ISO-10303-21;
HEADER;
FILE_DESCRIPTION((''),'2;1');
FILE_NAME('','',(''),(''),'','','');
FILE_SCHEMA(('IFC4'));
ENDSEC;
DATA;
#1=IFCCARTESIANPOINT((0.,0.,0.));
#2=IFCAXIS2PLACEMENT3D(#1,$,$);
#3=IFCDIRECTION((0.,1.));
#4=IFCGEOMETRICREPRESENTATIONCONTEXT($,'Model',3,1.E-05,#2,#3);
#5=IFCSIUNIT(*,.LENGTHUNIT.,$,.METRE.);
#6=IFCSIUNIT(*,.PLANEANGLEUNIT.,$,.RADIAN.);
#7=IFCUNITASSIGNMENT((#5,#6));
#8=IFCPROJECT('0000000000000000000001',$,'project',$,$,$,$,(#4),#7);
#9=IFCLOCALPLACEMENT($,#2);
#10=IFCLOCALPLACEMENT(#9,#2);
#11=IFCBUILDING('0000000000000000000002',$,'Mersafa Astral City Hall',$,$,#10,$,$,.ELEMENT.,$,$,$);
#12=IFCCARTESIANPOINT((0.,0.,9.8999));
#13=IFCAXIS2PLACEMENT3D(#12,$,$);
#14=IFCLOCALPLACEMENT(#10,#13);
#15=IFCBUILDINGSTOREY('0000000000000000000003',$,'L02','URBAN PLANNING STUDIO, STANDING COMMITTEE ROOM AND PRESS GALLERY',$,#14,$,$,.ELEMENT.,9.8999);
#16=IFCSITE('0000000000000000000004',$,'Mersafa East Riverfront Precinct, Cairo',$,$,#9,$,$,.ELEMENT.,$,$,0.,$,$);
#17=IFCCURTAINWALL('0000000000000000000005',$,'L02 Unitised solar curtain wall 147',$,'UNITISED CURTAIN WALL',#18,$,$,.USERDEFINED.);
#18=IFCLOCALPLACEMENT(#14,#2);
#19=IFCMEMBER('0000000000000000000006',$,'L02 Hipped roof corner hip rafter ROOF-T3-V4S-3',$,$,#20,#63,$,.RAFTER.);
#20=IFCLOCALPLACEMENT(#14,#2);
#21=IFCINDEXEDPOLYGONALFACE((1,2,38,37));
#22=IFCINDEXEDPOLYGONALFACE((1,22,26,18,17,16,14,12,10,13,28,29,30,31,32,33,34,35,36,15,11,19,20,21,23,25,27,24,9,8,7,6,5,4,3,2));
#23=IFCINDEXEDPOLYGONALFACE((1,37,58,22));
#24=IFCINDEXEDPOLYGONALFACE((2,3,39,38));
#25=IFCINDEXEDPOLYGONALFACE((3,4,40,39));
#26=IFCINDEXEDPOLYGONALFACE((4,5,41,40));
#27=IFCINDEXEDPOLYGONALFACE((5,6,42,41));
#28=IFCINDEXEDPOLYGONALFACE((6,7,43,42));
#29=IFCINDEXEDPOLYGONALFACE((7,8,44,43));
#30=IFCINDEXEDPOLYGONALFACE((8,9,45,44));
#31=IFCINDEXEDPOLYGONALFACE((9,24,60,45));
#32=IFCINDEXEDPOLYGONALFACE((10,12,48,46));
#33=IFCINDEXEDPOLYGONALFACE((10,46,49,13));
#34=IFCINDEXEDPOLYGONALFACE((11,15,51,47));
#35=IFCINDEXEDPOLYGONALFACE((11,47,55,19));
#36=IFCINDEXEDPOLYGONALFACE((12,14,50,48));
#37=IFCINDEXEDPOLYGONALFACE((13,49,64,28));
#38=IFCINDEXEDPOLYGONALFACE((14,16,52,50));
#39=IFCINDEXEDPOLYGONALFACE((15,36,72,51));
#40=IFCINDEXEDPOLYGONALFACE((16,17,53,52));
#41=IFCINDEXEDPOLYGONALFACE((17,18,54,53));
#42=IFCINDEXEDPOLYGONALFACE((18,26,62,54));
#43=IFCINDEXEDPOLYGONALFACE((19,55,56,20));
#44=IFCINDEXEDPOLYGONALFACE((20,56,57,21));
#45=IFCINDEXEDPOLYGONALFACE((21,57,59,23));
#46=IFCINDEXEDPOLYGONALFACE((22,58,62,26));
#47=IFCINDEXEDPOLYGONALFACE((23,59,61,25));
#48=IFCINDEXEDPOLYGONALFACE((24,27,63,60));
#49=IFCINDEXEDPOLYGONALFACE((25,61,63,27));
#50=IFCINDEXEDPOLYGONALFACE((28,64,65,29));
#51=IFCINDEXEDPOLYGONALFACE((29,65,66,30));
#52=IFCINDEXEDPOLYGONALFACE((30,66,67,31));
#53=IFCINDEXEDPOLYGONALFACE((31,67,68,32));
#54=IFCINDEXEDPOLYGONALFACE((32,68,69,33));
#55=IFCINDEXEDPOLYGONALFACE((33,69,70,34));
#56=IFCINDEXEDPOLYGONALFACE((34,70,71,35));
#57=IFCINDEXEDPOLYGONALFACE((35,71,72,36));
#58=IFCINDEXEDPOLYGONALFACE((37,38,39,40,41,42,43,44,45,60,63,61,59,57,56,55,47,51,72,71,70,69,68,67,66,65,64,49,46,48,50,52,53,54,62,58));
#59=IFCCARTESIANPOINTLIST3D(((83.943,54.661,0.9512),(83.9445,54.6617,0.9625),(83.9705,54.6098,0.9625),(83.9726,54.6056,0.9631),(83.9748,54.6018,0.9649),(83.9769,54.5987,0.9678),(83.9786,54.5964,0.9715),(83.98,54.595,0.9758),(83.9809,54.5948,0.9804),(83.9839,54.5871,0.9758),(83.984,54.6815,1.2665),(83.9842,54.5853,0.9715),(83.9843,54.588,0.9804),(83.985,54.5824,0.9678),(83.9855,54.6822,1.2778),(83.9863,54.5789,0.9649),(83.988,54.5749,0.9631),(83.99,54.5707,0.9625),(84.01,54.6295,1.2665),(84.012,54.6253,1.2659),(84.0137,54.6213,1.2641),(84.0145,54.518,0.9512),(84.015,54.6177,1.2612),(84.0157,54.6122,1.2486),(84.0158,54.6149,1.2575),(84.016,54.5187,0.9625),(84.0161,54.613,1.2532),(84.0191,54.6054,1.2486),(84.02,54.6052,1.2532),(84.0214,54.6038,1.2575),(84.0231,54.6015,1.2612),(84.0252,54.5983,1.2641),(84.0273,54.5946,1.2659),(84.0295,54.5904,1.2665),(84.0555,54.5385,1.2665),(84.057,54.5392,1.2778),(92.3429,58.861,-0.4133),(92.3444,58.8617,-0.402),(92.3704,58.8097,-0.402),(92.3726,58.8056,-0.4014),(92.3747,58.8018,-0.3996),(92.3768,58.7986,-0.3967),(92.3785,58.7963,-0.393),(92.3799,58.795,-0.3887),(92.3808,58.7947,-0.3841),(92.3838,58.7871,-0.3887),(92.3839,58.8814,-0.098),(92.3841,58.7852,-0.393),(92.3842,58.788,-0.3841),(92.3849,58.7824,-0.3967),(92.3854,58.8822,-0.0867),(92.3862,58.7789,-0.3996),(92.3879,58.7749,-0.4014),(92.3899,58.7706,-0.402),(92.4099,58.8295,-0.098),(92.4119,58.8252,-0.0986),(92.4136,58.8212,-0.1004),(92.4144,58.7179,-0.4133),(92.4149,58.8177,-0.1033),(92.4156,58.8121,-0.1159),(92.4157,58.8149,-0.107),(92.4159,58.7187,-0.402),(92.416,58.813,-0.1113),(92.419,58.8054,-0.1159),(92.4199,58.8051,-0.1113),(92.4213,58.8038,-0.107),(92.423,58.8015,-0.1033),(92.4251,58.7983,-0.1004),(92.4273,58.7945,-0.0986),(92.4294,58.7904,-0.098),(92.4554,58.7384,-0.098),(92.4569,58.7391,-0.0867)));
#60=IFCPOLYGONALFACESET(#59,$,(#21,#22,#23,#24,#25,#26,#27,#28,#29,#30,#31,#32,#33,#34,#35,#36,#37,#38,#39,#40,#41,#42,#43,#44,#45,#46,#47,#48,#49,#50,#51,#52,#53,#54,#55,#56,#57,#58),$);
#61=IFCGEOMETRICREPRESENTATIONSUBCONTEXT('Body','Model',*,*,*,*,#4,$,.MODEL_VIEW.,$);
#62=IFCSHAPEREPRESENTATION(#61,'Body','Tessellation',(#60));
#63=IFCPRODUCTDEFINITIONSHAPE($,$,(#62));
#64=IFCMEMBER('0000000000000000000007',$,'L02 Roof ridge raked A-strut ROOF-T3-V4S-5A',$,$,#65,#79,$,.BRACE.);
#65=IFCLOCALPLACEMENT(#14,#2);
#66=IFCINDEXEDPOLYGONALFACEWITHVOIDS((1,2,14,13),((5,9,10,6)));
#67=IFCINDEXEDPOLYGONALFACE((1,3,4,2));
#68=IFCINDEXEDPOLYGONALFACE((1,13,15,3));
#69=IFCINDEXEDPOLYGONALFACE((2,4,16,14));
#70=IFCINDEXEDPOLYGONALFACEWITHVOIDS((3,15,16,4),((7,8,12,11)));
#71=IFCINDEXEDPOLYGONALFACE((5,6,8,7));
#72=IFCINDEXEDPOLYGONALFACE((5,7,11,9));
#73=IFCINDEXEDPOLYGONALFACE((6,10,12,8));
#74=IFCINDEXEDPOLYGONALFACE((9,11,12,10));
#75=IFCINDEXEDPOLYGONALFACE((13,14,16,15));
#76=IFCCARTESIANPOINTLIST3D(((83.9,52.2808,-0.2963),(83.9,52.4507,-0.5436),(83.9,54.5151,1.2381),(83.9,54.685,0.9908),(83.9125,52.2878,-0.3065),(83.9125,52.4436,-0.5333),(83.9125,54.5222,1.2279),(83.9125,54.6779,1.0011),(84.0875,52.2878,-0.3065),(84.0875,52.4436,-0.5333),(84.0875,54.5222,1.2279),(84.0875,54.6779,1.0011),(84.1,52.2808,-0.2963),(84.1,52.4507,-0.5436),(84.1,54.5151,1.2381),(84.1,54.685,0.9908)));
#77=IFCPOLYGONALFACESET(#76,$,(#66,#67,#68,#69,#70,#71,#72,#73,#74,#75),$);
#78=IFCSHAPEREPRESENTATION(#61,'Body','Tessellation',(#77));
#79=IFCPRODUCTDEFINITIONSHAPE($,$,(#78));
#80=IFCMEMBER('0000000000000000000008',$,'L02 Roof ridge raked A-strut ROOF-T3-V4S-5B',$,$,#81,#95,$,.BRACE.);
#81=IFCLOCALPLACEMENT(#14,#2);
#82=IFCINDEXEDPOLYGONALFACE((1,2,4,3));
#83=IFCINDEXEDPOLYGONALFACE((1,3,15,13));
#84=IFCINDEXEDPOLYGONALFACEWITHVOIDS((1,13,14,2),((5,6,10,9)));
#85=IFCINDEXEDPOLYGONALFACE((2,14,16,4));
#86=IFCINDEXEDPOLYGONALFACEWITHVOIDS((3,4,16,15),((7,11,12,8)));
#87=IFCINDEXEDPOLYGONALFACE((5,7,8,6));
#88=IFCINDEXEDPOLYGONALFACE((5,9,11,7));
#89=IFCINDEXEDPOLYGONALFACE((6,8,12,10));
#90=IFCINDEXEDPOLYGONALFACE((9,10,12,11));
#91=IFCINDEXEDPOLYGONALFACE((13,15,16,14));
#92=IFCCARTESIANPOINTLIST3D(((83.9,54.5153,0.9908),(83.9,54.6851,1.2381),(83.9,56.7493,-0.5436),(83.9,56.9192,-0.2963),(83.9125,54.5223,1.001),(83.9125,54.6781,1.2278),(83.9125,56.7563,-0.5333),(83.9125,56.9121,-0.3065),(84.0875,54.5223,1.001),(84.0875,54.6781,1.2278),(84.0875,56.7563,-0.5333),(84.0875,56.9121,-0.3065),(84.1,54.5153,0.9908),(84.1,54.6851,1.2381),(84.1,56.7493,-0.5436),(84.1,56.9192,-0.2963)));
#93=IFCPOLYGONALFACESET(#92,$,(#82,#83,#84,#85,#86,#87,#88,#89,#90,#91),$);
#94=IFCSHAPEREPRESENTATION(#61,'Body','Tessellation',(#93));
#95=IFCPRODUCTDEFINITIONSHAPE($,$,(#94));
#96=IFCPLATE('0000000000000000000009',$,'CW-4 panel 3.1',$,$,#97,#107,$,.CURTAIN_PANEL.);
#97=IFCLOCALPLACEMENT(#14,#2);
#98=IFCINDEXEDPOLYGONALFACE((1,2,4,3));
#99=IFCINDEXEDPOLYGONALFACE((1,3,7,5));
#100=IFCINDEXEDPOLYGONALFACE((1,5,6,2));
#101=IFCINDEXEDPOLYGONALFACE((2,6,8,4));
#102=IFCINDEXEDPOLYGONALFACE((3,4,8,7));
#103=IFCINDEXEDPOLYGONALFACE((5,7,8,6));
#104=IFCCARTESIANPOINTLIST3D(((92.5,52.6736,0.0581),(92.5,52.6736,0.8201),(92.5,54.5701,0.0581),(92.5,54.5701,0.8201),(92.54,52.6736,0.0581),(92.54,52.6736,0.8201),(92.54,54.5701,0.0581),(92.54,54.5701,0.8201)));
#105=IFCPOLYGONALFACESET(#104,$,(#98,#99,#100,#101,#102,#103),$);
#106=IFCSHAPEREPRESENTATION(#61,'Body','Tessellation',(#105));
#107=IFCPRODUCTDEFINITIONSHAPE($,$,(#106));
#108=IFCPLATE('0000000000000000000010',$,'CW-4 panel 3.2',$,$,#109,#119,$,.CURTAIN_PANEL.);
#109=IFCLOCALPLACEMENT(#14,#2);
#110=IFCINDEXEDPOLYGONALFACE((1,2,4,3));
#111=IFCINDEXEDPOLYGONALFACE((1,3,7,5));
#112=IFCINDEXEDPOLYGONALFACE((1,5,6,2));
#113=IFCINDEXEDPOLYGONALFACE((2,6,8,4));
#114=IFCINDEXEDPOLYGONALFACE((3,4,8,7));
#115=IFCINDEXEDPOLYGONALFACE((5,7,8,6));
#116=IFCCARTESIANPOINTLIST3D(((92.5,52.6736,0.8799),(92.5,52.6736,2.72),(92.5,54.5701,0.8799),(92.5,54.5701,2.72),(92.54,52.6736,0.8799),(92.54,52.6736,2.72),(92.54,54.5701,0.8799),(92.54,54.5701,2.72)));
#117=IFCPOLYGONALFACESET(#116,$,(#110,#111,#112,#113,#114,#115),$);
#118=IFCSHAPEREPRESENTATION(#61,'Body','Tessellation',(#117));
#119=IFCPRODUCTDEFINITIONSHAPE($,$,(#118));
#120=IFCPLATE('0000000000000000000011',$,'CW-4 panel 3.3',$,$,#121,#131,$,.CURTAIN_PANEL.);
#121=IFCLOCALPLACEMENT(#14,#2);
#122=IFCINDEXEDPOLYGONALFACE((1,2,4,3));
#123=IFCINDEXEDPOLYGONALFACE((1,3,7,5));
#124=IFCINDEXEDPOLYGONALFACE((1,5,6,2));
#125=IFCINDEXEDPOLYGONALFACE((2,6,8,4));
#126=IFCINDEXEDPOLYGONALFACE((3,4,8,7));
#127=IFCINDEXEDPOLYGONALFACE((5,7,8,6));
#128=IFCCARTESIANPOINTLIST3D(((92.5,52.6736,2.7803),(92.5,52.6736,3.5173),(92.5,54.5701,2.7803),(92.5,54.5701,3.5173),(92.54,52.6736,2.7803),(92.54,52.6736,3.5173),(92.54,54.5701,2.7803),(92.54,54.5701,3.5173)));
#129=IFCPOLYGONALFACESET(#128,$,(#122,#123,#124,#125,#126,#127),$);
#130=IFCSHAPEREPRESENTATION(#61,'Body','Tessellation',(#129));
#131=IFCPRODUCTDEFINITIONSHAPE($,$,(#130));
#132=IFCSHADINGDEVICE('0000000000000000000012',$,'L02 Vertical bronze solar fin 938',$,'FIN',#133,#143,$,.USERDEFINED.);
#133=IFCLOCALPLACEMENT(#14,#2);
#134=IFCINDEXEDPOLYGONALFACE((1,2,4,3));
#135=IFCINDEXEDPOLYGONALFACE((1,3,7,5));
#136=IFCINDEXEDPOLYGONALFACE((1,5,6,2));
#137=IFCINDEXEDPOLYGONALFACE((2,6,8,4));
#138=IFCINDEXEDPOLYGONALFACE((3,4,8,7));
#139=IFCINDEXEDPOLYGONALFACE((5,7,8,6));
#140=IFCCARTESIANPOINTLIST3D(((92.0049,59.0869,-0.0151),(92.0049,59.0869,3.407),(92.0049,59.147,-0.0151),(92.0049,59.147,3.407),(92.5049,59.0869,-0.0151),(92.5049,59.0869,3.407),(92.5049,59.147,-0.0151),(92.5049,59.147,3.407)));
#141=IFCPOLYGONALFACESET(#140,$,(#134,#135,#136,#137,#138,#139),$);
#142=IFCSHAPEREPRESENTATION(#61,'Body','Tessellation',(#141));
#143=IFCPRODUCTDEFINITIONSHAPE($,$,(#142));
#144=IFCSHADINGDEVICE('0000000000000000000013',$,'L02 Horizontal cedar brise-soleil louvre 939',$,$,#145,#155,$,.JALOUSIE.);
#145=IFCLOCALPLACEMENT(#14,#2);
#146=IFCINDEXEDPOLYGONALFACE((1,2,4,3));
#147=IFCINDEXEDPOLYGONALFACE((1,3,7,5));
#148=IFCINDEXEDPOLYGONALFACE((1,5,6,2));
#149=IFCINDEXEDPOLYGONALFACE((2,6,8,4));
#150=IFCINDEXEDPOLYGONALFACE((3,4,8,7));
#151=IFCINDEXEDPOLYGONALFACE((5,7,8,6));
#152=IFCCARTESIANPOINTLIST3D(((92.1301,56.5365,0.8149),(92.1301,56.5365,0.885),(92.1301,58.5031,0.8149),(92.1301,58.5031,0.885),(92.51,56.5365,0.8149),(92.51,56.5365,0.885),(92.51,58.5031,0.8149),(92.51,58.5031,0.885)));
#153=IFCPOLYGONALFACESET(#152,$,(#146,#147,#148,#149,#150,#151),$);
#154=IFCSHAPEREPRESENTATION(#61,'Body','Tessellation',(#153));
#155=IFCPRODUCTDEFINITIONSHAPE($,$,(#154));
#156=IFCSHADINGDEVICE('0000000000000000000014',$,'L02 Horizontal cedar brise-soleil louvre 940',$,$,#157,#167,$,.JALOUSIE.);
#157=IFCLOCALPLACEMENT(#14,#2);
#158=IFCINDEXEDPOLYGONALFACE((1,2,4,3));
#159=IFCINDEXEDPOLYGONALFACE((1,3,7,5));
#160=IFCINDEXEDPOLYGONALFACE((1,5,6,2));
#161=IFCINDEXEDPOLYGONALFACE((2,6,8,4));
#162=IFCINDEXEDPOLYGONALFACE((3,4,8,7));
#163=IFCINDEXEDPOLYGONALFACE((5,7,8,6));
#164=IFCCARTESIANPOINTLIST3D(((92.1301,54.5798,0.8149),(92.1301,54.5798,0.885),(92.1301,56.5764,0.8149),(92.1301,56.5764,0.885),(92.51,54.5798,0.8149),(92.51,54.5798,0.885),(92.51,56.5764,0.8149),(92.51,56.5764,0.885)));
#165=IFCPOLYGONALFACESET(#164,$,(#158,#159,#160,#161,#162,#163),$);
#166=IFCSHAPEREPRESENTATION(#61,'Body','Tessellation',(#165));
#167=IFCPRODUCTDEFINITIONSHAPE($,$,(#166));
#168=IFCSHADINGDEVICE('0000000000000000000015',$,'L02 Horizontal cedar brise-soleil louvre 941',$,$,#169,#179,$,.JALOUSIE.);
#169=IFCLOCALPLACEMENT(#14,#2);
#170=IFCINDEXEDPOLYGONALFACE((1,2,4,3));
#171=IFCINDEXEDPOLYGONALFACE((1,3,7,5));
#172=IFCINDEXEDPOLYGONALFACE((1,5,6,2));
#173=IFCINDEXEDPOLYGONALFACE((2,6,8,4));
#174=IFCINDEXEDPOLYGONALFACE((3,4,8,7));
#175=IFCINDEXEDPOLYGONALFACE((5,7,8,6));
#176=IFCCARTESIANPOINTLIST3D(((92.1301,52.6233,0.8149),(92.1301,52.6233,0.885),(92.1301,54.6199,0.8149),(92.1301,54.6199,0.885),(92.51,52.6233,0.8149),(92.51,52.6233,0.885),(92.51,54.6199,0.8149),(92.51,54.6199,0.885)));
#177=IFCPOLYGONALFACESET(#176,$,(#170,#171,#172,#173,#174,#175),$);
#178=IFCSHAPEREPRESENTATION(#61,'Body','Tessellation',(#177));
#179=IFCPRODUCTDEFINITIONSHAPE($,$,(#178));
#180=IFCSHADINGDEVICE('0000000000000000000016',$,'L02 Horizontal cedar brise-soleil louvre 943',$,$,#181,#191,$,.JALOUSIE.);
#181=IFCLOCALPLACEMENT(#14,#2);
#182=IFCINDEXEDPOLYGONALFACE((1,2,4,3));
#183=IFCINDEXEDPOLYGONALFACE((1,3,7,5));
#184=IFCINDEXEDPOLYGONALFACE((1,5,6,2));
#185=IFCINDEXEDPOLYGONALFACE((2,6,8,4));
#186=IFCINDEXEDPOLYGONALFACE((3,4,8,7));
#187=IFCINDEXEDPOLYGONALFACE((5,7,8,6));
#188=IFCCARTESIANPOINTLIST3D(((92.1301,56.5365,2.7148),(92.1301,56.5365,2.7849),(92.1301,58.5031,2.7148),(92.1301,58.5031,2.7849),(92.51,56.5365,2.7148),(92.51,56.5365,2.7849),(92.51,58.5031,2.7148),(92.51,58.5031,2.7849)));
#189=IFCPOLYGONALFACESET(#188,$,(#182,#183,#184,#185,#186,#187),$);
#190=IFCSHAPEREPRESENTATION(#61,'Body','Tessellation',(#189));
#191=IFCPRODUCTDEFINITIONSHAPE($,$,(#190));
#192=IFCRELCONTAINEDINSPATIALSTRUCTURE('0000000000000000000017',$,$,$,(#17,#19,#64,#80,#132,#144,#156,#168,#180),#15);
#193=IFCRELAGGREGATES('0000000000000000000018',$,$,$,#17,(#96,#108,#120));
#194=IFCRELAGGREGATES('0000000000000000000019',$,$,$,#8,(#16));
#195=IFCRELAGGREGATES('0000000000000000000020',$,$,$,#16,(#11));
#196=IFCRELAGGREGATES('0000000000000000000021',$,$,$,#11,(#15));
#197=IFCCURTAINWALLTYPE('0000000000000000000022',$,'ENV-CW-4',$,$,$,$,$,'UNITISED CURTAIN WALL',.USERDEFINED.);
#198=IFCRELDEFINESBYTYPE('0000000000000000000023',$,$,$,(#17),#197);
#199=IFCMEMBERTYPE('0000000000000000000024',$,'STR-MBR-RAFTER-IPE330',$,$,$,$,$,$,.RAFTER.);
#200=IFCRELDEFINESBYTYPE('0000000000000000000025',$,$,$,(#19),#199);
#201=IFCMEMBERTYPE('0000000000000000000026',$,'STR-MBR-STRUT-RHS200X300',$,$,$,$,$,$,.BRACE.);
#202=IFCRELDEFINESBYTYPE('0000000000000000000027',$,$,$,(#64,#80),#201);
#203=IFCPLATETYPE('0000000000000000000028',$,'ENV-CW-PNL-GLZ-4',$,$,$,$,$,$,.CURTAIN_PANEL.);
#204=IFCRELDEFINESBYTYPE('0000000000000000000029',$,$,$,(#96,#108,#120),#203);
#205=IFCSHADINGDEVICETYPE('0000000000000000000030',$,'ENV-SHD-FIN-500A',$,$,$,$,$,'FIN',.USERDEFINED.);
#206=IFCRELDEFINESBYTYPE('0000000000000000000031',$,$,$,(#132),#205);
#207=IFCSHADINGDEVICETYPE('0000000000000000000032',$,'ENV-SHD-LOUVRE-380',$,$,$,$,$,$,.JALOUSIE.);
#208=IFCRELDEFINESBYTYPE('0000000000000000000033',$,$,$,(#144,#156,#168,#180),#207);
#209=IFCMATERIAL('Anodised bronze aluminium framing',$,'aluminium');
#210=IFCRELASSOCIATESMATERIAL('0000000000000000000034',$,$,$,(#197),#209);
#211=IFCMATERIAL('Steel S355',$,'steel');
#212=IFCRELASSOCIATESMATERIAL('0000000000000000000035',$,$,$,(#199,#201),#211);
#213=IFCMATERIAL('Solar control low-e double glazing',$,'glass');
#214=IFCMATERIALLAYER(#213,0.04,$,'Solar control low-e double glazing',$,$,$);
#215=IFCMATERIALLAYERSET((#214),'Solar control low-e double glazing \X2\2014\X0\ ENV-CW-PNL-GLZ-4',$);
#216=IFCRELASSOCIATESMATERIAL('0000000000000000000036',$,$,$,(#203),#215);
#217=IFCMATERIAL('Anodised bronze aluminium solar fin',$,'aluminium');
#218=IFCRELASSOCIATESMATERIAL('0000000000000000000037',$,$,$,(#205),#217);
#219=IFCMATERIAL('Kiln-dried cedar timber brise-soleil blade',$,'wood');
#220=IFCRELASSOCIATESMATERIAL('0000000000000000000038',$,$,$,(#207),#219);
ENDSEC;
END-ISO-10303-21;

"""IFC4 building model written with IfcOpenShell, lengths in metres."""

from ifc_helpers import new_model, si_unit, direction, frame, origin, origin_2d, place, context, subcontext, project, spatial, rectangle, hollow_rectangle, i_section, extrude, material, layer, layer_set, material_profile, profile_set, type_object, element, aggregate, save


model = new_model("IFC4")

# Units and contexts
model_context = context("Model", 3, precision=1e-05, world=origin(), true_north=direction((0.0, 1.0)))
body_context = subcontext(model_context, "Body", "Model", "MODEL_VIEW")
ifc_project = project(units=[si_unit("LENGTHUNIT", "METRE"), si_unit("PLANEANGLEUNIT", "RADIAN")], contexts=[model_context])

# Site, building, storey
site_placement = place(None, origin())
site = spatial("IfcSite", under=ifc_project, at=site_placement, Name="Mersafa East Riverfront Precinct, Cairo", CompositionType="ELEMENT", RefElevation=0.0)
building_placement = place(site_placement, origin())
building = spatial("IfcBuilding", under=site, at=building_placement, Name="Mersafa Astral City Hall", CompositionType="ELEMENT")
storey_placement = place(building_placement, frame((0.0, 0.0, 9.8999)))
storey = spatial("IfcBuildingStorey", under=building, at=storey_placement, Name="L02", Description="URBAN PLANNING STUDIO, STANDING COMMITTEE ROOM AND PRESS GALLERY", CompositionType="ELEMENT", Elevation=9.8999)

# Shared definitions
ifc_material_1 = material(Name="Steel S355", Category="steel")

# Curtain wall
ifc_material_2 = material(Name="Anodised bronze aluminium framing", Category="aluminium")
curtain_wall_type = type_object("IfcCurtainWallType", Name="ENV-CW-4", ElementType="UNITISED CURTAIN WALL", PredefinedType="USERDEFINED", material=ifc_material_2)
curtain_wall_placement = place(storey_placement, origin())
curtain_wall = element("IfcCurtainWall", 1, at=curtain_wall_placement, inside=storey, type_object=curtain_wall_type, Name="L02 Unitised solar curtain wall 147", ObjectType="UNITISED CURTAIN WALL", PredefinedType="USERDEFINED")

# Members
ifc_material_profile_1 = material_profile(ifc_material_1, i_section(OverallWidth=0.1599, OverallDepth=0.3301, WebThickness=0.0076, FlangeThickness=0.0115, FilletRadius=0.0181, at=origin_2d()), Name="IPE 330")
ifc_profile_set_1 = profile_set([ifc_material_profile_1], Name="Steel S355")
member_type_1 = type_object("IfcMemberType", Name="STR-MBR-RAFTER-IPE330", PredefinedType="RAFTER", material=ifc_profile_set_1)
member_1_placement = place(storey_placement, frame((92.3999, 58.8, -0.25), z_axis=(-0.885133, -0.442567, 0.143783), x_axis=(0.447214, -0.894427, 0.0)))
element("IfcMember", 2, at=member_1_placement, inside=storey, type_object=member_type_1, Name="L02 Hipped roof corner hip rafter ROOF-T3-V4S-3", PredefinedType="RAFTER", context=body_context, shape_type="SweptSolid", body=[
    extrude(i_section(OverallWidth=0.1599, OverallDepth=0.3301, WebThickness=0.0076, FlangeThickness=0.0115, FilletRadius=0.0181, at=origin_2d()), origin(), (0.0, 0.0, 1.0), 9.49),
])
ifc_material_profile_2 = material_profile(ifc_material_1, hollow_rectangle(XDim=0.2, YDim=0.3, WallThickness=0.0125, at=origin_2d()), Name="RHS 200x300x12.5")
ifc_profile_set_2 = profile_set([ifc_material_profile_2], Name="Steel S355")
member_type_2 = type_object("IfcMemberType", Name="STR-MBR-STRUT-RHS200X300", PredefinedType="BRACE", material=ifc_profile_set_2)
member_2_placement = place(storey_placement, frame((84.0, 52.3657, -0.4199), z_axis=(0.0, 0.824336, 0.566101), x_axis=(-1.0, 0.0, 0.0)))
element("IfcMember", 3, at=member_2_placement, inside=storey, type_object=member_type_2, Name="L02 Roof ridge raked A-strut ROOF-T3-V4S-5A", PredefinedType="BRACE", context=body_context, shape_type="SweptSolid", body=[
    extrude(hollow_rectangle(XDim=0.2, YDim=0.3, WallThickness=0.0125, at=origin_2d()), origin(), (0.0, 0.0, 1.0), 2.7104),
])
member_3_placement = place(storey_placement, frame((84.0, 56.8342, -0.4199), z_axis=(0.0, -0.824307, 0.566143), x_axis=(1.0, 0.0, 0.0)))
element("IfcMember", 4, at=member_3_placement, inside=storey, type_object=member_type_2, Name="L02 Roof ridge raked A-strut ROOF-T3-V4S-5B", PredefinedType="BRACE", context=body_context, shape_type="SweptSolid", body=[
    extrude(hollow_rectangle(XDim=0.2, YDim=0.3, WallThickness=0.0125, at=origin_2d()), origin(), (0.0, 0.0, 1.0), 2.7102),
])

# Plates
ifc_material_3 = material(Name="Solar control low-e double glazing", Category="glass")
ifc_layer = layer(ifc_material_3, 0.04, Name="Solar control low-e double glazing")
ifc_layer_set = layer_set([ifc_layer], Name="Solar control low-e double glazing — ENV-CW-PNL-GLZ-4")
plate_type = type_object("IfcPlateType", Name="ENV-CW-PNL-GLZ-4", PredefinedType="CURTAIN_PANEL", material=ifc_layer_set)
plate_1_placement = place(storey_placement, frame((92.52, 53.6218, 0.0581), z_axis=(0.0, 0.0, 1.0), x_axis=(0.0, -1.0, 0.0)))
plate_1 = element("IfcPlate", 5, at=plate_1_placement, type_object=plate_type, Name="CW-4 panel 3.1", PredefinedType="CURTAIN_PANEL", context=body_context, shape_type="SweptSolid", body=[
    extrude(rectangle(XDim=1.8965, YDim=0.04, at=origin_2d()), origin(), (0.0, 0.0, 1.0), 0.762),
])
plate_2_placement = place(storey_placement, frame((92.52, 53.6218, 0.8799), z_axis=(0.0, 0.0, 1.0), x_axis=(0.0, -1.0, 0.0)))
plate_2 = element("IfcPlate", 6, at=plate_2_placement, type_object=plate_type, Name="CW-4 panel 3.2", PredefinedType="CURTAIN_PANEL", context=body_context, shape_type="SweptSolid", body=[
    extrude(rectangle(XDim=1.8965, YDim=0.04, at=origin_2d()), origin(), (0.0, 0.0, 1.0), 1.8401),
])
plate_3_placement = place(storey_placement, frame((92.52, 53.6218, 2.7803), z_axis=(0.0, 0.0, 1.0), x_axis=(0.0, -1.0, 0.0)))
plate_3 = element("IfcPlate", 7, at=plate_3_placement, type_object=plate_type, Name="CW-4 panel 3.3", PredefinedType="CURTAIN_PANEL", context=body_context, shape_type="SweptSolid", body=[
    extrude(rectangle(XDim=1.8965, YDim=0.04, at=origin_2d()), origin(), (0.0, 0.0, 1.0), 0.7371),
])
aggregate(curtain_wall, [plate_1, plate_2, plate_3])

# Shading devices
ifc_material_4 = material(Name="Anodised bronze aluminium solar fin", Category="aluminium")
shading_device_type_1 = type_object("IfcShadingDeviceType", Name="ENV-SHD-FIN-500A", ElementType="FIN", PredefinedType="USERDEFINED", material=ifc_material_4)
shading_device_1_placement = place(storey_placement, frame((92.2549, 59.1169, -0.0151), z_axis=(0.0, 0.0, 1.0), x_axis=(0.0, -1.0, 0.0)))
element("IfcShadingDevice", 8, at=shading_device_1_placement, inside=storey, type_object=shading_device_type_1, Name="L02 Vertical bronze solar fin 938", ObjectType="FIN", PredefinedType="USERDEFINED", context=body_context, shape_type="SweptSolid", body=[
    extrude(rectangle(XDim=0.0601, YDim=0.5, at=origin_2d()), origin(), (0.0, 0.0, 1.0), 3.4221),
])
ifc_material_5 = material(Name="Kiln-dried cedar timber brise-soleil blade", Category="wood")
shading_device_type_2 = type_object("IfcShadingDeviceType", Name="ENV-SHD-LOUVRE-380", PredefinedType="JALOUSIE", material=ifc_material_5)
shading_device_2_placement = place(storey_placement, frame((92.3201, 57.5198, 0.8149), z_axis=(0.0, 0.0, 1.0), x_axis=(0.0, -1.0, 0.0)))
element("IfcShadingDevice", 9, at=shading_device_2_placement, inside=storey, type_object=shading_device_type_2, Name="L02 Horizontal cedar brise-soleil louvre 939", PredefinedType="JALOUSIE", context=body_context, shape_type="SweptSolid", body=[
    extrude(rectangle(XDim=1.9666, YDim=0.3799, at=origin_2d()), origin(), (0.0, 0.0, 1.0), 0.0701),
])
for number, where, z_axis, x_axis, name in (
    (10, (92.3201, 55.5781, 0.8149), (0.0, 0.0, 1.0), (0.0, -1.0, 0.0), "L02 Horizontal cedar brise-soleil louvre 940"),
    (11, (92.3201, 53.6216, 0.8149), (0.0, 0.0, 1.0), (0.0, -1.0, 0.0), "L02 Horizontal cedar brise-soleil louvre 941"),
):
    element("IfcShadingDevice", number, at=place(storey_placement, frame(where, z_axis=z_axis, x_axis=x_axis)), inside=storey, type_object=shading_device_type_2, Name=name, PredefinedType="JALOUSIE", context=body_context, shape_type="SweptSolid", body=[
        extrude(rectangle(XDim=1.9966, YDim=0.3799, at=origin_2d()), origin(), (0.0, 0.0, 1.0), 0.0701),
    ])
shading_device_3_placement = place(storey_placement, frame((92.3201, 57.5198, 2.7148), z_axis=(0.0, 0.0, 1.0), x_axis=(0.0, -1.0, 0.0)))
element("IfcShadingDevice", 12, at=shading_device_3_placement, inside=storey, type_object=shading_device_type_2, Name="L02 Horizontal cedar brise-soleil louvre 943", PredefinedType="JALOUSIE", context=body_context, shape_type="SweptSolid", body=[
    extrude(rectangle(XDim=1.9666, YDim=0.3799, at=origin_2d()), origin(), (0.0, 0.0, 1.0), 0.0701),
])

save(model, "model.ifc")
